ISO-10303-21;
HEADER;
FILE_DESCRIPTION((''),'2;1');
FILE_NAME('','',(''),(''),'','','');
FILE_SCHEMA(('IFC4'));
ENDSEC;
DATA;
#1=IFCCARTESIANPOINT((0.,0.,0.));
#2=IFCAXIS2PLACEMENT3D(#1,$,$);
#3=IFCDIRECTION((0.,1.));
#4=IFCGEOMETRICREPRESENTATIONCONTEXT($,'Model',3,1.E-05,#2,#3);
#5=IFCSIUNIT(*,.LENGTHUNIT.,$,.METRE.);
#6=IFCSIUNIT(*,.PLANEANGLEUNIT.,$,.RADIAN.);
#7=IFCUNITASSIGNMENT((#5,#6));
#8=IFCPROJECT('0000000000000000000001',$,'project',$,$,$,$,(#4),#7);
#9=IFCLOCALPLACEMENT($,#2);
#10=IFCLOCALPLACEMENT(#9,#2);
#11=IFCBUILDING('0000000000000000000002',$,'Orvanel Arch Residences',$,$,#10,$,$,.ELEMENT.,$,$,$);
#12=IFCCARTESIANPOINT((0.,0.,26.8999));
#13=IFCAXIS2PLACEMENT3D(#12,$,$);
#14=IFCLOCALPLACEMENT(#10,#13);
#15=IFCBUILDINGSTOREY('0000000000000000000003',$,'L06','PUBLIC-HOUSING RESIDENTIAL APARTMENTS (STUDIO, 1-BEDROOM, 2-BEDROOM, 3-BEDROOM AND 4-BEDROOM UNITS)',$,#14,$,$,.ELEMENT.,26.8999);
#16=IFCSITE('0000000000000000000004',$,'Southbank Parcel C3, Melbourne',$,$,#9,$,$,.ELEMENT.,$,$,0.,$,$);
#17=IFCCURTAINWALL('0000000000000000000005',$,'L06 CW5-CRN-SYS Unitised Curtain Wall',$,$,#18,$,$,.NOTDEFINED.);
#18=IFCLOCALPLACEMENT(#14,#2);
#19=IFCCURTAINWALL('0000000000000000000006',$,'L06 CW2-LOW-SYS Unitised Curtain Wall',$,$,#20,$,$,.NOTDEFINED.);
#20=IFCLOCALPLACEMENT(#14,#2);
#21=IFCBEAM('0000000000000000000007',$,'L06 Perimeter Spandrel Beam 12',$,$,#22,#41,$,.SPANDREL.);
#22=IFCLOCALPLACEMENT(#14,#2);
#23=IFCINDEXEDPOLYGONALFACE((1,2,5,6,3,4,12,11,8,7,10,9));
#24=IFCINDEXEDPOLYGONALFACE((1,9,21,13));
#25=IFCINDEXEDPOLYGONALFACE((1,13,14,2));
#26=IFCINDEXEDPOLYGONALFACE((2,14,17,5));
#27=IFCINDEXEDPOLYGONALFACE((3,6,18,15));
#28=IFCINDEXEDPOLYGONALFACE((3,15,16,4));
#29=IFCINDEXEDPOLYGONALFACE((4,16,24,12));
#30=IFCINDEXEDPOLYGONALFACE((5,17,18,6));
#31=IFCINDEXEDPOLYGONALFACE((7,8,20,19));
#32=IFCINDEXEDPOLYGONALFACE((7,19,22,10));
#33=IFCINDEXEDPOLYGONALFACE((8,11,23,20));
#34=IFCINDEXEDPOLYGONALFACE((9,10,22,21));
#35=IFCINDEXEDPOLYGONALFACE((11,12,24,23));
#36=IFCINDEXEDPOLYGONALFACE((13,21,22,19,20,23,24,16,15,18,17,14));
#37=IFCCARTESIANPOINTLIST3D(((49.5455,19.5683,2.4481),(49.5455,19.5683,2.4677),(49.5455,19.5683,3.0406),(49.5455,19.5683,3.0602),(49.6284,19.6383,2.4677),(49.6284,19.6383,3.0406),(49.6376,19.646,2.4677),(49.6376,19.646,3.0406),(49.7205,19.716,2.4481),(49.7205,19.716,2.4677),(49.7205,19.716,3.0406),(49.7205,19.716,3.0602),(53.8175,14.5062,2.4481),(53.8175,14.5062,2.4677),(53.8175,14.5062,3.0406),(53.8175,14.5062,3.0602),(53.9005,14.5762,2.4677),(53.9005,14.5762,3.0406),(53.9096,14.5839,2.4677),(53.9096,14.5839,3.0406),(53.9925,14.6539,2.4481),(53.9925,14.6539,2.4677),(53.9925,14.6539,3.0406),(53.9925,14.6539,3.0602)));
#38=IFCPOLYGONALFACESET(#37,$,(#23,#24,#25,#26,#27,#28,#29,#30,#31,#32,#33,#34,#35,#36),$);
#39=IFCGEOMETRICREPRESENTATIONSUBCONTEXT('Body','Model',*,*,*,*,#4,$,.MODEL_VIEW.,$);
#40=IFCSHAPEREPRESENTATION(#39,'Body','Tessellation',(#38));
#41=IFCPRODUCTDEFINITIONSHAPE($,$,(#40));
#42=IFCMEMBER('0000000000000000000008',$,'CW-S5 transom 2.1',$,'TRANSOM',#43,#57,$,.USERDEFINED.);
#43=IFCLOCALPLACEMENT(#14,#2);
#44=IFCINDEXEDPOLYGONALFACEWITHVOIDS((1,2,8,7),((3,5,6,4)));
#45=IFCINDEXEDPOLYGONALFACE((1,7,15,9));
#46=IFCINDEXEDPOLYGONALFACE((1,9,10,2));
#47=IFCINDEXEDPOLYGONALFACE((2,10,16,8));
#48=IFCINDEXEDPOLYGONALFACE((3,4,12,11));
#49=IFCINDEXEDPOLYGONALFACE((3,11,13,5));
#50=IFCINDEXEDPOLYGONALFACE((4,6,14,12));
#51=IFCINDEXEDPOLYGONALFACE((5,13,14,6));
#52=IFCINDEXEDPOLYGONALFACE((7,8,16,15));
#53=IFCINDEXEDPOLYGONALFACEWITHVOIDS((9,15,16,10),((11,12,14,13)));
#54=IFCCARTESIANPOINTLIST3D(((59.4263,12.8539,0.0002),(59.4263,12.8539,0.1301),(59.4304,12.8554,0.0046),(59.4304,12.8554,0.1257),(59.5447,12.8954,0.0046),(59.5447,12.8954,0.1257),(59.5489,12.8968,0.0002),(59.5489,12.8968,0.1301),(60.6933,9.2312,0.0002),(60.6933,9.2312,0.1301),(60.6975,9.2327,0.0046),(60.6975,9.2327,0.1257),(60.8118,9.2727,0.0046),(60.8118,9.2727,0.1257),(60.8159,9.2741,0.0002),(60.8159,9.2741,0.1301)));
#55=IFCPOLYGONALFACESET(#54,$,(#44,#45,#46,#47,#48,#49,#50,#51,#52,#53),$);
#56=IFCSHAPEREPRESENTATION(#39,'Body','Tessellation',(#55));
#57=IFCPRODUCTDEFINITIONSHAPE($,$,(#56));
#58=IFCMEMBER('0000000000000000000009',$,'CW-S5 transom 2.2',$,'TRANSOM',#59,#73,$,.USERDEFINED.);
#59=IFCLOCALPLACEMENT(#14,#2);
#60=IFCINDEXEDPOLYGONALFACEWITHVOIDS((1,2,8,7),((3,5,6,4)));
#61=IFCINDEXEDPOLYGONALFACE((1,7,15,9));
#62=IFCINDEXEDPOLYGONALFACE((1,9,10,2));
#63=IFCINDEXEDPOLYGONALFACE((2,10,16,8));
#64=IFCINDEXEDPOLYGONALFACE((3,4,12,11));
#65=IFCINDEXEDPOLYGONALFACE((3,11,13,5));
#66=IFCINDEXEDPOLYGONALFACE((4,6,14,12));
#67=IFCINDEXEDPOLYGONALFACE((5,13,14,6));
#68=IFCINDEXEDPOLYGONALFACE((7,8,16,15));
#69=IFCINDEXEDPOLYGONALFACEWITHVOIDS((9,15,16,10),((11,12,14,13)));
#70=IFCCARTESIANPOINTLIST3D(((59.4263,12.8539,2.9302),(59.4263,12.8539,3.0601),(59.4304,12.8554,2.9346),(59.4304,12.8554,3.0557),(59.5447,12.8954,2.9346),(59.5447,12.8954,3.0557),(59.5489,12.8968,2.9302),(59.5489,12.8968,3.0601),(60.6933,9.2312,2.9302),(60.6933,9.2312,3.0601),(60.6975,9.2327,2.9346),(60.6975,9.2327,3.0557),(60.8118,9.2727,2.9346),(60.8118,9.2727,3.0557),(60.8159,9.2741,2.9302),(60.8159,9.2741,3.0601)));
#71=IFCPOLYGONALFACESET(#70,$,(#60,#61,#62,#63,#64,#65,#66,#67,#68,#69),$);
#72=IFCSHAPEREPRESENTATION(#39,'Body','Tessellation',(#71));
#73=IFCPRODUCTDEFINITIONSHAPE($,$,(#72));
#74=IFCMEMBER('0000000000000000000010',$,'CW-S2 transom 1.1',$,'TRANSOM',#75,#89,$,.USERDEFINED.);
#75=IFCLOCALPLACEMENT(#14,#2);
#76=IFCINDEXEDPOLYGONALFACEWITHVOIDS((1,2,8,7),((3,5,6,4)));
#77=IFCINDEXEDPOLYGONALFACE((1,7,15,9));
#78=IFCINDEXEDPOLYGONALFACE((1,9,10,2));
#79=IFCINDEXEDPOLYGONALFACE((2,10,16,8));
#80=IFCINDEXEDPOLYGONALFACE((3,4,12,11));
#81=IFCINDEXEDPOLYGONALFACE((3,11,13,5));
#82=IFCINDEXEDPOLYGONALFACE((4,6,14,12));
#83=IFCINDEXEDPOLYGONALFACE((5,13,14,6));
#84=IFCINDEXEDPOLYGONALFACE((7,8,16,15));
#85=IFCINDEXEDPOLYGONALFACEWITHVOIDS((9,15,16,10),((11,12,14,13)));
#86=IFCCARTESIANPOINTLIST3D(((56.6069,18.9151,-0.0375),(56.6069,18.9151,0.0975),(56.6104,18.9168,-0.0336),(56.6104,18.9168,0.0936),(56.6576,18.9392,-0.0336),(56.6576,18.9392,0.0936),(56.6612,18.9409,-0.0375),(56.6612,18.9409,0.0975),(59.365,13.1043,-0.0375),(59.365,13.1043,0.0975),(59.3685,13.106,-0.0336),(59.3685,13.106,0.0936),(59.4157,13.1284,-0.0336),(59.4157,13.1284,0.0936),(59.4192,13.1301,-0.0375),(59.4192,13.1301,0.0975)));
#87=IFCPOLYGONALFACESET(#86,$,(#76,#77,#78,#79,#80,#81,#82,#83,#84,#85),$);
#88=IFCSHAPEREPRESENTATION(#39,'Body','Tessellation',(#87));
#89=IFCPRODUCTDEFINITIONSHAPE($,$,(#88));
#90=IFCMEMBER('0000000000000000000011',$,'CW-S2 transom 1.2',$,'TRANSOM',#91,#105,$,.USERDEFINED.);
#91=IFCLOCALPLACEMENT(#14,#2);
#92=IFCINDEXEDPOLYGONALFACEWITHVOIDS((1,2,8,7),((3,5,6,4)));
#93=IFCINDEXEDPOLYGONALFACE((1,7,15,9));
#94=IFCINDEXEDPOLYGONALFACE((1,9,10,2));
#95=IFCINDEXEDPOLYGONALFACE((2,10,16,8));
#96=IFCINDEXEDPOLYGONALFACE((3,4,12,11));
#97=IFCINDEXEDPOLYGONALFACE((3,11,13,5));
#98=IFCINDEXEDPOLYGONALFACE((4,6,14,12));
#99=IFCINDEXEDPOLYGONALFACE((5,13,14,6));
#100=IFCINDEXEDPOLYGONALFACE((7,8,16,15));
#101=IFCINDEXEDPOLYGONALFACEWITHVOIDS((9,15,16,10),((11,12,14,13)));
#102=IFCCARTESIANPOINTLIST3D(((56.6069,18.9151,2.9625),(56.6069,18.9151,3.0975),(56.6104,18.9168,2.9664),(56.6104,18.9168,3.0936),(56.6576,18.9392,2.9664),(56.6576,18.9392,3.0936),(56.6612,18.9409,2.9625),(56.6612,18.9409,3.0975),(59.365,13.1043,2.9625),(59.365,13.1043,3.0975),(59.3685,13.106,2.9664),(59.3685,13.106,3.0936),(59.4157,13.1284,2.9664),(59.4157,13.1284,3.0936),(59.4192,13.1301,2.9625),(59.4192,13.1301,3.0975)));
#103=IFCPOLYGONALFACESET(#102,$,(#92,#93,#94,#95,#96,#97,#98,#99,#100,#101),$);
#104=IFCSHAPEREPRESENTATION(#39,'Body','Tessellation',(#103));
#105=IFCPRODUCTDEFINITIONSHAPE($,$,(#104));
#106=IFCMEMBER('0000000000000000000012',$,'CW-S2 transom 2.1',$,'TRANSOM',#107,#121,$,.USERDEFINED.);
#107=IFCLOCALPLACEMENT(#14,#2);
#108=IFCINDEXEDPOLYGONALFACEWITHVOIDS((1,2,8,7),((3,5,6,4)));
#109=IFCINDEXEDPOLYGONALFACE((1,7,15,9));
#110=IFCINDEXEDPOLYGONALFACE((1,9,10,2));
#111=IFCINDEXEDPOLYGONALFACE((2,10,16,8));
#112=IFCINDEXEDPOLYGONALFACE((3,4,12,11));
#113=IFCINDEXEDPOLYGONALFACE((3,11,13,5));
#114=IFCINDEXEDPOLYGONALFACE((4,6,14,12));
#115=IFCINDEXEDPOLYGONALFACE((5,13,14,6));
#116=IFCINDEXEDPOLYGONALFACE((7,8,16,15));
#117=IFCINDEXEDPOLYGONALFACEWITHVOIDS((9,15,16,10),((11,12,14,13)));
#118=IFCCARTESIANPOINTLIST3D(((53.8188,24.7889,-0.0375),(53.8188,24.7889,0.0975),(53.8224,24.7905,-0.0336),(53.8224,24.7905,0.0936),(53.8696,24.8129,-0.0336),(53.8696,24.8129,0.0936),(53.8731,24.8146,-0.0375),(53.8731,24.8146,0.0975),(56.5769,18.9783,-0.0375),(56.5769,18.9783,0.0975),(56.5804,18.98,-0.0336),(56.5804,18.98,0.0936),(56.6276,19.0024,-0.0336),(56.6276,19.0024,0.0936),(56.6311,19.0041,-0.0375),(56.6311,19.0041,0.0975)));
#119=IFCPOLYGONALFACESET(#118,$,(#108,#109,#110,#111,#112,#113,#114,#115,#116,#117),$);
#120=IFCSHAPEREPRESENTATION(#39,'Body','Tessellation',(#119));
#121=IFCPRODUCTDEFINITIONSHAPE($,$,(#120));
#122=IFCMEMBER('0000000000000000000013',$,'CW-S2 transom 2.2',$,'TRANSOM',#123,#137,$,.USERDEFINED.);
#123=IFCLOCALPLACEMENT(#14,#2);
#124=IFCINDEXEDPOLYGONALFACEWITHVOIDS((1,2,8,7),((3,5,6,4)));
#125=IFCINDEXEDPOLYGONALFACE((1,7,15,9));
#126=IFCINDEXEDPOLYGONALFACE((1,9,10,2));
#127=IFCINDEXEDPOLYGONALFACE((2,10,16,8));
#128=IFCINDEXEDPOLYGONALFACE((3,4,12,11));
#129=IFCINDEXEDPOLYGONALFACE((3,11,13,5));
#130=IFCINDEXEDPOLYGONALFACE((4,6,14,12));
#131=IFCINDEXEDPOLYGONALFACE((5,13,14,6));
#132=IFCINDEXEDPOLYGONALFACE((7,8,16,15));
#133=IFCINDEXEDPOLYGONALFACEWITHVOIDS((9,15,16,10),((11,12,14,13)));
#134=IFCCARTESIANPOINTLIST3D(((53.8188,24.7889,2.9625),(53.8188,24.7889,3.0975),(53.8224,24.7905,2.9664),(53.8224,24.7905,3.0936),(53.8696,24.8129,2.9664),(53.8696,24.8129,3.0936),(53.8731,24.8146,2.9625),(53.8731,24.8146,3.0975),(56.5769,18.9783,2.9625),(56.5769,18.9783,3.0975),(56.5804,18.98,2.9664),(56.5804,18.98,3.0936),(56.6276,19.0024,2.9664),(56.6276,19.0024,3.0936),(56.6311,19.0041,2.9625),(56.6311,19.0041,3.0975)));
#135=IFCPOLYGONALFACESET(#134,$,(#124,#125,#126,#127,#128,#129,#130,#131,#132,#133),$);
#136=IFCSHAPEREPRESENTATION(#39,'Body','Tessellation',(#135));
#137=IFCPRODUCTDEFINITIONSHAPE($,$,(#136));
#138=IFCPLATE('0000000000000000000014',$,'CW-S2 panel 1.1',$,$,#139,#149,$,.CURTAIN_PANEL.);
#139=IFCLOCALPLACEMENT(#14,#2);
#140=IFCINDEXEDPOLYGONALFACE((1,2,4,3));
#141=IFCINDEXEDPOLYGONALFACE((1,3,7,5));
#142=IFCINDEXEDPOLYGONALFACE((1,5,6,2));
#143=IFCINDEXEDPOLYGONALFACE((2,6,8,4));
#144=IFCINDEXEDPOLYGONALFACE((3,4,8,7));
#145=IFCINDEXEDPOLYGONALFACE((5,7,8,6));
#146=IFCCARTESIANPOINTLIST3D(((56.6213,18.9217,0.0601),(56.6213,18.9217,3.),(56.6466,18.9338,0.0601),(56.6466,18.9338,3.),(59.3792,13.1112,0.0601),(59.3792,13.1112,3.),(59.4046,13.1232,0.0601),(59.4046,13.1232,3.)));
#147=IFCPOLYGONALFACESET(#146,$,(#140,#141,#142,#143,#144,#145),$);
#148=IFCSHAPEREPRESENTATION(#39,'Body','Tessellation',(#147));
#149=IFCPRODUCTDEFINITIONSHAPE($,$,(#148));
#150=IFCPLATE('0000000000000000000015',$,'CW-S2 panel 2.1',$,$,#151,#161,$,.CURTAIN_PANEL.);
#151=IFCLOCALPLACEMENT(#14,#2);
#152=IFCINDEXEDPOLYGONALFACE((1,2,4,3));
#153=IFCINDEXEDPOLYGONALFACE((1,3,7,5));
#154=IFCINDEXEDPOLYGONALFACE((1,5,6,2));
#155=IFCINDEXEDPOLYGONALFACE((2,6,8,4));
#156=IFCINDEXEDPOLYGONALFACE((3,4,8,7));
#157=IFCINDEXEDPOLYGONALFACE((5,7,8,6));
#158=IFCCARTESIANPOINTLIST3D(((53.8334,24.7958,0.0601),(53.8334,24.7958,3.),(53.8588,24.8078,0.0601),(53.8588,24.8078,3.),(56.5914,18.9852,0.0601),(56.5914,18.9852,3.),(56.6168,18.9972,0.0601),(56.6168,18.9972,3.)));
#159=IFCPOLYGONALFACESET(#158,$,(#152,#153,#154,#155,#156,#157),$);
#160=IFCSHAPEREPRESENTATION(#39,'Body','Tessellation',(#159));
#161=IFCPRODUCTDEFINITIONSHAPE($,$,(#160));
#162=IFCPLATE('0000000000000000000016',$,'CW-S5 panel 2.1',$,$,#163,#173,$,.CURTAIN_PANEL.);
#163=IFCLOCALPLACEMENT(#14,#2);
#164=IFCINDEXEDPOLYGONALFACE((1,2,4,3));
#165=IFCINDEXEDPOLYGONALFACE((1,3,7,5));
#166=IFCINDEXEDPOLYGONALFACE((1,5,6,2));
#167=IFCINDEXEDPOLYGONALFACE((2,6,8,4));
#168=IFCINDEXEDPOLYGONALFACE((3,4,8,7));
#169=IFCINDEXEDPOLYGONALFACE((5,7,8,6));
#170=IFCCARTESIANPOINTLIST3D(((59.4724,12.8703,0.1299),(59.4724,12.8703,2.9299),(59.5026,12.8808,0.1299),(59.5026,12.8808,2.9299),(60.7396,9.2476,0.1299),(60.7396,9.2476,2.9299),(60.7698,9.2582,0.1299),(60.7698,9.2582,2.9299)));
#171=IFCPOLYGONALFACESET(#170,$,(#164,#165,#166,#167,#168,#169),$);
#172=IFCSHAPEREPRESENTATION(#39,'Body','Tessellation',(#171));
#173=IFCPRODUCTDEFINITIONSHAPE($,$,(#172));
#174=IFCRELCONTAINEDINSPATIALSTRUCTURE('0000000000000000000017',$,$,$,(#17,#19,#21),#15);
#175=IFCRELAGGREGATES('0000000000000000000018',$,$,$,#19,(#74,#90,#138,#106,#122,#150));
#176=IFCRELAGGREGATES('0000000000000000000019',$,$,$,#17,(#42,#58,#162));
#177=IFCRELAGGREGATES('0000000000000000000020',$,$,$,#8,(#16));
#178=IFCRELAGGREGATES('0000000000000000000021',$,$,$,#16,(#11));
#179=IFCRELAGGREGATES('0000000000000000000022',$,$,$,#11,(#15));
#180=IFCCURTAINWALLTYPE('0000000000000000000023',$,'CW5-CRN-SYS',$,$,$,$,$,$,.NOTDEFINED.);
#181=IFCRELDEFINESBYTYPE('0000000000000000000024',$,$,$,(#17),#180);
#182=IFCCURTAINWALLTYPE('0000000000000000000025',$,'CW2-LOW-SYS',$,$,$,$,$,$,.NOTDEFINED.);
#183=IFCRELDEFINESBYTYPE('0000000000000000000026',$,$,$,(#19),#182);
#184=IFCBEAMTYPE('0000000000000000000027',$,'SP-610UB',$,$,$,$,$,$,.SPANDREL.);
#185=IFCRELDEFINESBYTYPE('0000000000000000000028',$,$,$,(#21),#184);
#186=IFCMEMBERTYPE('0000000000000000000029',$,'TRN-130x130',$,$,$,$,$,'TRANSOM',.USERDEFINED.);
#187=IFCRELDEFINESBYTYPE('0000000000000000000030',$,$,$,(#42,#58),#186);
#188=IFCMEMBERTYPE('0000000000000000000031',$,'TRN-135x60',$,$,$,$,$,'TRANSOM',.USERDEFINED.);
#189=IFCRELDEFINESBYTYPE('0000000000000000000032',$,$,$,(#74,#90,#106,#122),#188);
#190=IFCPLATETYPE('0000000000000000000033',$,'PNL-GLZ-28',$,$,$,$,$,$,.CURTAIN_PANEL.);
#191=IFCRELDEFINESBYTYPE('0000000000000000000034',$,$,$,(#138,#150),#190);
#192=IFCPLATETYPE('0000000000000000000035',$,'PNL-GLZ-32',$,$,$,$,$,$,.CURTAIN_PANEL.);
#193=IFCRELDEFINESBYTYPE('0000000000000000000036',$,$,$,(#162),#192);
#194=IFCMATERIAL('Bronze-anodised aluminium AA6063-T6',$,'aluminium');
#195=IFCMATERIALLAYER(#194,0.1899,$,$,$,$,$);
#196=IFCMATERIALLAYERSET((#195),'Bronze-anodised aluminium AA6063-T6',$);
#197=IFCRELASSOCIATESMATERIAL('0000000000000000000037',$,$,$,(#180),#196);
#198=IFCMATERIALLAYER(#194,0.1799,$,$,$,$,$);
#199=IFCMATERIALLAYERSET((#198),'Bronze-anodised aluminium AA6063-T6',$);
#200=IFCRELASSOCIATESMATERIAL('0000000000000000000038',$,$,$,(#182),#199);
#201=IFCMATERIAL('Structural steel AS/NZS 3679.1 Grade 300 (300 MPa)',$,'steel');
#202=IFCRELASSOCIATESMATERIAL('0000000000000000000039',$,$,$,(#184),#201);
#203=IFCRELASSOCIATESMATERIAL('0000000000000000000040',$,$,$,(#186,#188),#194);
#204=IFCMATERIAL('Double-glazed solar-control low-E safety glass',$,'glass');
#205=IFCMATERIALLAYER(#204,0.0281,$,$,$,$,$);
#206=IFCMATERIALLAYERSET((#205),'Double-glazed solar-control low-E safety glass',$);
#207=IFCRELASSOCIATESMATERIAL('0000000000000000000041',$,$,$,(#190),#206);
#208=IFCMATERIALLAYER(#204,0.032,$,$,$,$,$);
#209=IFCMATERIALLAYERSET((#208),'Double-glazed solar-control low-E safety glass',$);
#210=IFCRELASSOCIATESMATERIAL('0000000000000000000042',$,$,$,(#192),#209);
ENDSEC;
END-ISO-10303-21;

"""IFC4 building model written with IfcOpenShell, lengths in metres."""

from ifc_helpers import new_model, si_unit, direction, frame, origin, origin_2d, place, context, subcontext, project, spatial, rectangle, hollow_rectangle, i_section, extrude, material, layer, layer_set, material_profile, profile_set, type_object, element, aggregate, save


model = new_model("IFC4")

# Units and contexts
model_context = context("Model", 3, precision=1e-05, world=origin(), true_north=direction((0.0, 1.0)))
body_context = subcontext(model_context, "Body", "Model", "MODEL_VIEW")
ifc_project = project(units=[si_unit("LENGTHUNIT", "METRE"), si_unit("PLANEANGLEUNIT", "RADIAN")], contexts=[model_context])

# Site, building, storey
site_placement = place(None, origin())
site = spatial("IfcSite", under=ifc_project, at=site_placement, Name="Southbank Parcel C3, Melbourne", CompositionType="ELEMENT", RefElevation=0.0)
building_placement = place(site_placement, origin())
building = spatial("IfcBuilding", under=site, at=building_placement, Name="Orvanel Arch Residences", CompositionType="ELEMENT")
storey_placement = place(building_placement, frame((0.0, 0.0, 26.8999)))
storey = spatial("IfcBuildingStorey", under=building, at=storey_placement, Name="L06", Description="PUBLIC-HOUSING RESIDENTIAL APARTMENTS (STUDIO, 1-BEDROOM, 2-BEDROOM, 3-BEDROOM AND 4-BEDROOM UNITS)", CompositionType="ELEMENT", Elevation=26.8999)

# Curtain walls
ifc_material_1 = material(Name="Bronze-anodised aluminium AA6063-T6", Category="aluminium")
ifc_layer_1 = layer(ifc_material_1, 0.1899)
ifc_layer_set_1 = layer_set([ifc_layer_1], Name="Bronze-anodised aluminium AA6063-T6")
curtain_wall_type_1 = type_object("IfcCurtainWallType", Name="CW5-CRN-SYS", PredefinedType="NOTDEFINED", material=ifc_layer_set_1)
curtain_wall_1_placement = place(storey_placement, origin())
curtain_wall_1 = element("IfcCurtainWall", 1, at=curtain_wall_1_placement, inside=storey, type_object=curtain_wall_type_1, Name="L06 CW5-CRN-SYS Unitised Curtain Wall", PredefinedType="NOTDEFINED")
ifc_layer_2 = layer(ifc_material_1, 0.1799)
ifc_layer_set_2 = layer_set([ifc_layer_2], Name="Bronze-anodised aluminium AA6063-T6")
curtain_wall_type_2 = type_object("IfcCurtainWallType", Name="CW2-LOW-SYS", PredefinedType="NOTDEFINED", material=ifc_layer_set_2)
curtain_wall_2_placement = place(storey_placement, origin())
curtain_wall_2 = element("IfcCurtainWall", 2, at=curtain_wall_2_placement, inside=storey, type_object=curtain_wall_type_2, Name="L06 CW2-LOW-SYS Unitised Curtain Wall", PredefinedType="NOTDEFINED")

# Beam
ifc_material_2 = material(Name="Structural steel AS/NZS 3679.1 Grade 300 (300 MPa)", Category="steel")
ifc_material_profile_1 = material_profile(ifc_material_2, i_section(OverallWidth=0.229, OverallDepth=0.6121, WebThickness=0.012, FlangeThickness=0.0195, at=origin_2d()), Name="610UB125")
ifc_profile_set_1 = profile_set([ifc_material_profile_1], Name="Structural steel AS/NZS 3679.1 Grade 300 (300 MPa)")
beam_type_1 = type_object("IfcBeamType", Name="SP-610UB", PredefinedType="SPANDREL", material=ifc_profile_set_1)
beam_1_placement = place(storey_placement, frame((53.905, 14.5801, 2.7542), z_axis=(-0.64495, 0.764224, 0.0), x_axis=(-0.764224, -0.64495, 0.0)))
element("IfcBeam", 3, at=beam_1_placement, inside=storey, type_object=beam_type_1, Name="L06 Perimeter Spandrel Beam 12", PredefinedType="SPANDREL", context=body_context, shape_type="SweptSolid", body=[
    extrude(i_section(OverallWidth=0.229, OverallDepth=0.6121, WebThickness=0.012, FlangeThickness=0.0195, at=origin_2d()), origin(), (0.0, 0.0, 1.0), 6.6238),
])

# Members
ifc_material_profile_2 = material_profile(ifc_material_1, hollow_rectangle(XDim=0.1299, YDim=0.1299, WallThickness=0.0044, at=origin_2d()), Name="ALU130x130x4.5")
ifc_profile_set_2 = profile_set([ifc_material_profile_2], Name="Bronze-anodised aluminium AA6063-T6")
member_type_1 = type_object("IfcMemberType", Name="TRN-130x130", ElementType="TRANSOM", PredefinedType="USERDEFINED", material=ifc_profile_set_2)
member_1_placement = place(storey_placement, frame((60.7546, 9.2527, 0.0652), z_axis=(-0.330144, 0.943931, 0.0), x_axis=(-0.943931, -0.330144, 0.0)))
member_1 = element("IfcMember", 4, at=member_1_placement, type_object=member_type_1, Name="CW-S5 transom 2.1", ObjectType="TRANSOM", PredefinedType="USERDEFINED", context=body_context, shape_type="SweptSolid", body=[
    extrude(hollow_rectangle(XDim=0.1299, YDim=0.1299, WallThickness=0.0044, at=origin_2d()), origin(), (0.0, 0.0, 1.0), 3.8379),
])
member_2_placement = place(storey_placement, frame((60.7546, 9.2527, 2.9951), z_axis=(-0.330144, 0.943931, 0.0), x_axis=(-0.943931, -0.330144, 0.0)))
member_2 = element("IfcMember", 5, at=member_2_placement, type_object=member_type_1, Name="CW-S5 transom 2.2", ObjectType="TRANSOM", PredefinedType="USERDEFINED", context=body_context, shape_type="SweptSolid", body=[
    extrude(hollow_rectangle(XDim=0.1299, YDim=0.1299, WallThickness=0.0044, at=origin_2d()), origin(), (0.0, 0.0, 1.0), 3.8379),
])
ifc_material_profile_3 = material_profile(ifc_material_1, hollow_rectangle(XDim=0.0601, YDim=0.135, WallThickness=0.0039, at=origin_2d()), Name="ALU135x60x4")
ifc_profile_set_3 = profile_set([ifc_material_profile_3], Name="Bronze-anodised aluminium AA6063-T6")
member_type_2 = type_object("IfcMemberType", Name="TRN-135x60", ElementType="TRANSOM", PredefinedType="USERDEFINED", material=ifc_profile_set_3)
member_3_placement = place(storey_placement, frame((59.3921, 13.1172, 0.03), z_axis=(-0.428794, 0.903402, 0.0), x_axis=(-0.903402, -0.428794, 0.0)))
member_3 = element("IfcMember", 6, at=member_3_placement, type_object=member_type_2, Name="CW-S2 transom 1.1", ObjectType="TRANSOM", PredefinedType="USERDEFINED", context=body_context, shape_type="SweptSolid", body=[
    extrude(hollow_rectangle(XDim=0.0601, YDim=0.135, WallThickness=0.0039, at=origin_2d()), origin(), (0.0, 0.0, 1.0), 6.4321),
])
member_4_placement = place(storey_placement, frame((59.3921, 13.1172, 3.03), z_axis=(-0.428794, 0.903402, 0.0), x_axis=(-0.903402, -0.428794, 0.0)))
member_4 = element("IfcMember", 7, at=member_4_placement, type_object=member_type_2, Name="CW-S2 transom 1.2", ObjectType="TRANSOM", PredefinedType="USERDEFINED", context=body_context, shape_type="SweptSolid", body=[
    extrude(hollow_rectangle(XDim=0.0601, YDim=0.135, WallThickness=0.0039, at=origin_2d()), origin(), (0.0, 0.0, 1.0), 6.4321),
])
member_5_placement = place(storey_placement, frame((56.604, 18.9912, 0.03), z_axis=(-0.428809, 0.903395, 0.0), x_axis=(-0.903395, -0.428809, 0.0)))
member_5 = element("IfcMember", 8, at=member_5_placement, type_object=member_type_2, Name="CW-S2 transom 2.1", ObjectType="TRANSOM", PredefinedType="USERDEFINED", context=body_context, shape_type="SweptSolid", body=[
    extrude(hollow_rectangle(XDim=0.0601, YDim=0.135, WallThickness=0.0039, at=origin_2d()), origin(), (0.0, 0.0, 1.0), 6.4319),
])
member_6_placement = place(storey_placement, frame((56.604, 18.9912, 3.03), z_axis=(-0.428809, 0.903395, 0.0), x_axis=(-0.903395, -0.428809, 0.0)))
member_6 = element("IfcMember", 9, at=member_6_placement, type_object=member_type_2, Name="CW-S2 transom 2.2", ObjectType="TRANSOM", PredefinedType="USERDEFINED", context=body_context, shape_type="SweptSolid", body=[
    extrude(hollow_rectangle(XDim=0.0601, YDim=0.135, WallThickness=0.0039, at=origin_2d()), origin(), (0.0, 0.0, 1.0), 6.4319),
])

# Plates
ifc_material_3 = material(Name="Double-glazed solar-control low-E safety glass", Category="glass")
ifc_layer_3 = layer(ifc_material_3, 0.0281)
ifc_layer_set_3 = layer_set([ifc_layer_3], Name="Double-glazed solar-control low-E safety glass")
plate_type_1 = type_object("IfcPlateType", Name="PNL-GLZ-28", PredefinedType="CURTAIN_PANEL", material=ifc_layer_set_3)
plate_1_placement = place(storey_placement, frame((58.0129, 16.0225, 0.0601), z_axis=(0.0, 0.0, 1.0), x_axis=(-0.428793, 0.903403, 0.0)))
plate_1 = element("IfcPlate", 10, at=plate_1_placement, type_object=plate_type_1, Name="CW-S2 panel 1.1", PredefinedType="CURTAIN_PANEL", context=body_context, shape_type="SweptSolid", body=[
    extrude(rectangle(XDim=6.4319, YDim=0.0281, at=origin_2d()), origin(), (0.0, 0.0, 1.0), 2.9399),
])
plate_2_placement = place(storey_placement, frame((55.2251, 21.8965, 0.0601), z_axis=(0.0, 0.0, 1.0), x_axis=(-0.428793, 0.903403, 0.0)))
plate_2 = element("IfcPlate", 11, at=plate_2_placement, type_object=plate_type_1, Name="CW-S2 panel 2.1", PredefinedType="CURTAIN_PANEL", context=body_context, shape_type="SweptSolid", body=[
    extrude(rectangle(XDim=6.4319, YDim=0.0281, at=origin_2d()), origin(), (0.0, 0.0, 1.0), 2.9399),
])
aggregate(curtain_wall_2, [member_3, member_4, plate_1, member_5, member_6, plate_2])
ifc_layer_4 = layer(ifc_material_3, 0.032)
ifc_layer_set_4 = layer_set([ifc_layer_4], Name="Double-glazed solar-control low-E safety glass")
plate_type_2 = type_object("IfcPlateType", Name="PNL-GLZ-32", PredefinedType="CURTAIN_PANEL", material=ifc_layer_set_4)
plate_3_placement = place(storey_placement, frame((60.1211, 11.0642, 0.1299), z_axis=(0.0, 0.0, 1.0), x_axis=(-0.330186, 0.943916, 0.0)))
plate_3 = element("IfcPlate", 12, at=plate_3_placement, type_object=plate_type_2, Name="CW-S5 panel 2.1", PredefinedType="CURTAIN_PANEL", context=body_context, shape_type="SweptSolid", body=[
    extrude(rectangle(XDim=3.8379, YDim=0.032, at=origin_2d()), origin(), (0.0, 0.0, 1.0), 2.8),
])
aggregate(curtain_wall_1, [member_1, member_2, plate_3])

save(model, "model.ifc")
